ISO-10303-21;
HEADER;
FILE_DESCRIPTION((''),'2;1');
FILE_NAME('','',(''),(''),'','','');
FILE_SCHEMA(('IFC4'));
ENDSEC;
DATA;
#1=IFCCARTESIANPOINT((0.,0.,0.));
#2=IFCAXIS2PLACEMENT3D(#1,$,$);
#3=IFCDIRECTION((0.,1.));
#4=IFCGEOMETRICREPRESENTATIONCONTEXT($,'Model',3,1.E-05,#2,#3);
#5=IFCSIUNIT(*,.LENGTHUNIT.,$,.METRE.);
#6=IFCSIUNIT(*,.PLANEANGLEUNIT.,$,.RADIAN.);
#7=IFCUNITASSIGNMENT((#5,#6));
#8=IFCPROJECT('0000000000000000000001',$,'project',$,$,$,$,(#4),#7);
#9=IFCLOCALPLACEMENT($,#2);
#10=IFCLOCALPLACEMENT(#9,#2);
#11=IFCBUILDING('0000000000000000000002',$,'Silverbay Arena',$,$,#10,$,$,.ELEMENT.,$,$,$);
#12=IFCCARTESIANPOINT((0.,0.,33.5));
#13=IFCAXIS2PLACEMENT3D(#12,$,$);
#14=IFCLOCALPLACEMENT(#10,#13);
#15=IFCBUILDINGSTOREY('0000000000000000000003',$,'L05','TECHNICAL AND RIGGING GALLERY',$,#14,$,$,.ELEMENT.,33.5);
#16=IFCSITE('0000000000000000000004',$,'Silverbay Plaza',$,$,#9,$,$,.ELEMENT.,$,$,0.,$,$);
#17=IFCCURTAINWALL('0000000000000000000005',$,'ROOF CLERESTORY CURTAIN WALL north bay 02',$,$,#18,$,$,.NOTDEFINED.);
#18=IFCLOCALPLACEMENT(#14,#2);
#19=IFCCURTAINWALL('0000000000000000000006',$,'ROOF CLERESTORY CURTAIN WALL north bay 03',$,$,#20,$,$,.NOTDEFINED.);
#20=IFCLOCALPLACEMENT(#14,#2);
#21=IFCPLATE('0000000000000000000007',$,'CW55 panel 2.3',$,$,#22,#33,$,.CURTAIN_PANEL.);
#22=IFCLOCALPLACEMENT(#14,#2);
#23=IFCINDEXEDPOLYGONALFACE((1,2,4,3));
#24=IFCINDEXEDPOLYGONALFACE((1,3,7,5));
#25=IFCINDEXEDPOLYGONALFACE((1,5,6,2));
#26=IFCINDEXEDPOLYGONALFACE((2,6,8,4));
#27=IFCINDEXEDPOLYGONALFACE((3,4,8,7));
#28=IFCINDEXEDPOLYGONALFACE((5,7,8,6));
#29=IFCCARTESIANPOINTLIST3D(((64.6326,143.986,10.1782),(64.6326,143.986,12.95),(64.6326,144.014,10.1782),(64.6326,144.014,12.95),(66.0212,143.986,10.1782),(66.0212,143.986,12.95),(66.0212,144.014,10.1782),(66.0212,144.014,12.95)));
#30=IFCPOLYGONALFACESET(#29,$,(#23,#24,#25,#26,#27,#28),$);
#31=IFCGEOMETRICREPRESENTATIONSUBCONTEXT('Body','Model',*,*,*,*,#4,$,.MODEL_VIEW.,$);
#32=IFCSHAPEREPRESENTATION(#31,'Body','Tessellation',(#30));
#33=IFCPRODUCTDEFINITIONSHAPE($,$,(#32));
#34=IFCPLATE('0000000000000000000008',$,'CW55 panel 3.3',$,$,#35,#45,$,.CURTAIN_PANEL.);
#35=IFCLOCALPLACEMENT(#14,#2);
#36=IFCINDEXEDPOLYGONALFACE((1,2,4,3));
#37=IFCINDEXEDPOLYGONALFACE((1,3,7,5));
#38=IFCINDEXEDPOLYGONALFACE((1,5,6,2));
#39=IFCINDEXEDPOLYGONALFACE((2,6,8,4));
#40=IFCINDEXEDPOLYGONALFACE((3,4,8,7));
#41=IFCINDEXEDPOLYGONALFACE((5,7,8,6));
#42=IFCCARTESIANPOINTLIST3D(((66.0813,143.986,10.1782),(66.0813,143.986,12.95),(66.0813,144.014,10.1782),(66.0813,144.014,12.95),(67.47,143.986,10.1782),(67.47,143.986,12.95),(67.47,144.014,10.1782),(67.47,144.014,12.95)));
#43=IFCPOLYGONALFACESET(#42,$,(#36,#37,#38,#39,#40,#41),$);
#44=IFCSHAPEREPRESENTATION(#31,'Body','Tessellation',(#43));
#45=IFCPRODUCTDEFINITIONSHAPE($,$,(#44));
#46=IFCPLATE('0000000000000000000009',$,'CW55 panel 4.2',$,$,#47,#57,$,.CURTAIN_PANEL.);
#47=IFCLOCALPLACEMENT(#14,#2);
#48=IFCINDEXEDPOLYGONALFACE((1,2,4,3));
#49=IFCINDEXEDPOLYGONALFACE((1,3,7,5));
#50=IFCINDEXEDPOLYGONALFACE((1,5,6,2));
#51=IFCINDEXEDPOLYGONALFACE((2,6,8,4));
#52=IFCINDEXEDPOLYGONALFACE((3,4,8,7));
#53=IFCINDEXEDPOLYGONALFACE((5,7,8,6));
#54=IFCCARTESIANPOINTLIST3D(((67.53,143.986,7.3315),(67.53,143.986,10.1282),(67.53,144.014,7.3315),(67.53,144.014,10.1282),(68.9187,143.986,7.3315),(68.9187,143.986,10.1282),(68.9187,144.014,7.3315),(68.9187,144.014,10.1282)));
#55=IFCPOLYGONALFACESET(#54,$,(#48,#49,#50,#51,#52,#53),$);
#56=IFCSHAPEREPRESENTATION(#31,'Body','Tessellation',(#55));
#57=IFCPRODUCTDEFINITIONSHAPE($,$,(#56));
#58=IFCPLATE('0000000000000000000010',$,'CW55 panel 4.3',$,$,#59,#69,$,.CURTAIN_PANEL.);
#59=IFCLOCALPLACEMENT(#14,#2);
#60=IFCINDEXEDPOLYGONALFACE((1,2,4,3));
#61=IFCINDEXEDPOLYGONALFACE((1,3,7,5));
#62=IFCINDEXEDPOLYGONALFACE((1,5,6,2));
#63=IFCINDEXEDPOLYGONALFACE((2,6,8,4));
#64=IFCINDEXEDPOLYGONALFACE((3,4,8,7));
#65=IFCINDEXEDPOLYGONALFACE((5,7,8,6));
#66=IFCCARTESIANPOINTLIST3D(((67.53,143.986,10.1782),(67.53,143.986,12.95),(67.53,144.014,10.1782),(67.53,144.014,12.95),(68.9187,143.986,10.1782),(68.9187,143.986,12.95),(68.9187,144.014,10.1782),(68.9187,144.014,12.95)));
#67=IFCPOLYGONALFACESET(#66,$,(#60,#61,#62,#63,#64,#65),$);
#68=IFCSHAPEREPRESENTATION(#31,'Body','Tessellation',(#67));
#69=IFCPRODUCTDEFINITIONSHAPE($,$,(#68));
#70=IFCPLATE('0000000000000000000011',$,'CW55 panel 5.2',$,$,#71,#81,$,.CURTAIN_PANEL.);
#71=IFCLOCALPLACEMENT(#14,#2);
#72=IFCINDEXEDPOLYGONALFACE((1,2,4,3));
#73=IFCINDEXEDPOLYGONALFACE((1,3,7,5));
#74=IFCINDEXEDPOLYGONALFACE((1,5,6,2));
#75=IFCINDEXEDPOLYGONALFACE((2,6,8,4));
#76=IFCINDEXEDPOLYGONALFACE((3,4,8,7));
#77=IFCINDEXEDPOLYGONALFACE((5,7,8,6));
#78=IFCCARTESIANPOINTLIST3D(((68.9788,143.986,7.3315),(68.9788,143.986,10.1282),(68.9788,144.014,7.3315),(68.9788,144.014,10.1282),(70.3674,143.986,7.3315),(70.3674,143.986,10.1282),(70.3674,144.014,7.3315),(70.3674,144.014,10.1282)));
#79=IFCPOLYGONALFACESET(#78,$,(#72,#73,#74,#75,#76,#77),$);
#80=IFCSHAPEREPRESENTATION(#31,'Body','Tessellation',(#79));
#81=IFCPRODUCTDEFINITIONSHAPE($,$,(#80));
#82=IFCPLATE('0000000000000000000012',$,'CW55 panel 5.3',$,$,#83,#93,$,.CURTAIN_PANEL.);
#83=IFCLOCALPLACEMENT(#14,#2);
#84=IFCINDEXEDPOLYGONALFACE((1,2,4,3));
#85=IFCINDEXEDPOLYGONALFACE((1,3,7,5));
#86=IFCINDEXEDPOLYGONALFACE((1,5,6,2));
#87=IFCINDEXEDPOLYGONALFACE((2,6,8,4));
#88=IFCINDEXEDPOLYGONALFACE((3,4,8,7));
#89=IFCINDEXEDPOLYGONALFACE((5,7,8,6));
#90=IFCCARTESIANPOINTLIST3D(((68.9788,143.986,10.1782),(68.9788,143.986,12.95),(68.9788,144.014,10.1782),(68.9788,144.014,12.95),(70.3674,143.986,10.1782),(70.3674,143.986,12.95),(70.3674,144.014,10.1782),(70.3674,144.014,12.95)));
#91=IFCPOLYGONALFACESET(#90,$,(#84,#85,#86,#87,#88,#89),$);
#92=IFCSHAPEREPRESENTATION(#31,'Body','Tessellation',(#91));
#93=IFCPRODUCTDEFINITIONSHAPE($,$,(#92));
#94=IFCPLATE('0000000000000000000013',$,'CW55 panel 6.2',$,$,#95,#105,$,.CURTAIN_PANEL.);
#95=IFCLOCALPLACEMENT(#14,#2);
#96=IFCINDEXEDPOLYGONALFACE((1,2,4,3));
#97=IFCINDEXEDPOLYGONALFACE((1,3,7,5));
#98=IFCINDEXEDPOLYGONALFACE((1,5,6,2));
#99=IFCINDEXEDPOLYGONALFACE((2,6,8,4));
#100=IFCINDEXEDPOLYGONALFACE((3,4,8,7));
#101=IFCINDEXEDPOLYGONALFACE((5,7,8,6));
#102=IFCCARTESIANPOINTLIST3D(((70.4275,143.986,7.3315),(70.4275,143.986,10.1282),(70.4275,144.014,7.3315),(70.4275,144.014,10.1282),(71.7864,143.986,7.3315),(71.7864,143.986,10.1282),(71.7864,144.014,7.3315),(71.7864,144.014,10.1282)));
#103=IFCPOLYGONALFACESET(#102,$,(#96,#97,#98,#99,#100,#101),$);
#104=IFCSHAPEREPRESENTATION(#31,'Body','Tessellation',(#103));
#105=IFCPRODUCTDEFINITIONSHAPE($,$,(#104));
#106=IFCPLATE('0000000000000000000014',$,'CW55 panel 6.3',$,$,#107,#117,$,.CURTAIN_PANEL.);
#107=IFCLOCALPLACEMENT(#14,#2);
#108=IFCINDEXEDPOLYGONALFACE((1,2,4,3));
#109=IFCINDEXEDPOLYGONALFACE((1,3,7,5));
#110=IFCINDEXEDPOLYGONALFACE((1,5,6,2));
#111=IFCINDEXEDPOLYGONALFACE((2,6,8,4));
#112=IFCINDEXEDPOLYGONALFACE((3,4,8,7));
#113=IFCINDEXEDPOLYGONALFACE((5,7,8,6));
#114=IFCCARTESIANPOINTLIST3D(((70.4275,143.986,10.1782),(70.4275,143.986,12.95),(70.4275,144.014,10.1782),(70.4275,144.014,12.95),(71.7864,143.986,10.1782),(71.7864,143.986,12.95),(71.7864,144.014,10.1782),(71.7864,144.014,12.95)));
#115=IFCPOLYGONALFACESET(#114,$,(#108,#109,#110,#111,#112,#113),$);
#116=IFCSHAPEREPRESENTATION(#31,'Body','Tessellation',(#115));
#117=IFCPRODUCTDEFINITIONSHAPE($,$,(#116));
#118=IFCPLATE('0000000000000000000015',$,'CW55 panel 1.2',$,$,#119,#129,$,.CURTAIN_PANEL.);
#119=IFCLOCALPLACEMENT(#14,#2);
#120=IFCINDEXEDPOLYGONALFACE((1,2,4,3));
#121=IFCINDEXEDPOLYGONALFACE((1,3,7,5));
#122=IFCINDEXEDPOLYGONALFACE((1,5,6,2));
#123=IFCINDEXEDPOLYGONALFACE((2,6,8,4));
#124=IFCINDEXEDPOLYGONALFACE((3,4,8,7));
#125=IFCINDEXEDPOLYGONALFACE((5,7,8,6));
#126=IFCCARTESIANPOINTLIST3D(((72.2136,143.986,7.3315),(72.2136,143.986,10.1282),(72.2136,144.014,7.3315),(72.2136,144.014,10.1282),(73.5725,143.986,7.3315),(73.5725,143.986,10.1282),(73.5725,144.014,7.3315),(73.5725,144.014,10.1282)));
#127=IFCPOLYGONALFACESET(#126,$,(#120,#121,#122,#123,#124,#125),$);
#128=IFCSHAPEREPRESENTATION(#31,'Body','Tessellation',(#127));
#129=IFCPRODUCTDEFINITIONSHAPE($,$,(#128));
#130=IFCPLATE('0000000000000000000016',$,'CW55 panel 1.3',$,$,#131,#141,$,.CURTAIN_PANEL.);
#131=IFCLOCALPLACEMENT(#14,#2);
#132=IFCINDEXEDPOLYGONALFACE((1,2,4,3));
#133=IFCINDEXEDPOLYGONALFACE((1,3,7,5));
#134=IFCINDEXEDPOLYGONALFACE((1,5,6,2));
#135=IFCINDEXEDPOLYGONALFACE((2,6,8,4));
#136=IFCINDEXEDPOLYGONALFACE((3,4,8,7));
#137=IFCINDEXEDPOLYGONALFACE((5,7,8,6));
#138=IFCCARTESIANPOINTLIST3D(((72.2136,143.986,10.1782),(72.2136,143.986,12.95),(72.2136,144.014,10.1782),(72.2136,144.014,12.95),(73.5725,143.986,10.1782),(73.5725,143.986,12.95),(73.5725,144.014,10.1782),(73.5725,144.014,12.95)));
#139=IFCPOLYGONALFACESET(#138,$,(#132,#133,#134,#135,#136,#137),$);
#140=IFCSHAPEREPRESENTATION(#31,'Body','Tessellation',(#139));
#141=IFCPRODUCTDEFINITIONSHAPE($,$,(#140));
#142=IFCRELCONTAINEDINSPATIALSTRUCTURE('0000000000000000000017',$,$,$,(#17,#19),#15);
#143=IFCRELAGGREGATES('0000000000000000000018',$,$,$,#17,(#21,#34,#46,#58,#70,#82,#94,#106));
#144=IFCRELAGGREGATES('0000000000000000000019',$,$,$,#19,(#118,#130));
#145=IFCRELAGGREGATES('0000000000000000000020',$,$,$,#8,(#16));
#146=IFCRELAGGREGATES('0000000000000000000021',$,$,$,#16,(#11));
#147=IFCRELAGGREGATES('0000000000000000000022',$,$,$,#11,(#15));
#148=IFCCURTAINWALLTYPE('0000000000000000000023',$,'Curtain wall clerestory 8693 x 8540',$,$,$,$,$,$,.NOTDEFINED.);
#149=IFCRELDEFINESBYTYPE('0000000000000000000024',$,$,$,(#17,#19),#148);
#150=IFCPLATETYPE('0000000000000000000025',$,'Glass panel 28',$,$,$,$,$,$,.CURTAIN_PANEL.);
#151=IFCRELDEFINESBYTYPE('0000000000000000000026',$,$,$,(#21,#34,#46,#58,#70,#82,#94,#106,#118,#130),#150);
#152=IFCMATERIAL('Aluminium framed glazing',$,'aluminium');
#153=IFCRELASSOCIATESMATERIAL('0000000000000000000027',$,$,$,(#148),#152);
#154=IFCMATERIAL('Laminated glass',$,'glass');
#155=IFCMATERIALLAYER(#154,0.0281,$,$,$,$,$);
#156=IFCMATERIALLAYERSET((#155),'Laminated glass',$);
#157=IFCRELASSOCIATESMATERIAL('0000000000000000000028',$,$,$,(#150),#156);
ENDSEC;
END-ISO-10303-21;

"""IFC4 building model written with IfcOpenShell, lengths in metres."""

from ifc_helpers import new_model, si_unit, direction, frame, origin, origin_2d, place, context, subcontext, project, spatial, rectangle, extrude, material, layer, layer_set, type_object, element, aggregate, save


model = new_model("IFC4")

# Units and contexts
model_context = context("Model", 3, precision=1e-05, world=origin(), true_north=direction((0.0, 1.0)))
body_context = subcontext(model_context, "Body", "Model", "MODEL_VIEW")
ifc_project = project(units=[si_unit("LENGTHUNIT", "METRE"), si_unit("PLANEANGLEUNIT", "RADIAN")], contexts=[model_context])

# Site, building, storey
site_placement = place(None, origin())
site = spatial("IfcSite", under=ifc_project, at=site_placement, Name="Silverbay Plaza", CompositionType="ELEMENT", RefElevation=0.0)
building_placement = place(site_placement, origin())
building = spatial("IfcBuilding", under=site, at=building_placement, Name="Silverbay Arena", CompositionType="ELEMENT")
storey_placement = place(building_placement, frame((0.0, 0.0, 33.5)))
storey = spatial("IfcBuildingStorey", under=building, at=storey_placement, Name="L05", Description="TECHNICAL AND RIGGING GALLERY", CompositionType="ELEMENT", Elevation=33.5)

# Curtain walls
ifc_material_1 = material(Name="Aluminium framed glazing", Category="aluminium")
curtain_wall_type = type_object("IfcCurtainWallType", Name="Curtain wall clerestory 8693 x 8540", PredefinedType="NOTDEFINED", material=ifc_material_1)
curtain_wall_1_placement = place(storey_placement, origin())
curtain_wall_1 = element("IfcCurtainWall", 1, at=curtain_wall_1_placement, inside=storey, type_object=curtain_wall_type, Name="ROOF CLERESTORY CURTAIN WALL north bay 02", PredefinedType="NOTDEFINED")
curtain_wall_2_placement = place(storey_placement, origin())
curtain_wall_2 = element("IfcCurtainWall", 2, at=curtain_wall_2_placement, inside=storey, type_object=curtain_wall_type, Name="ROOF CLERESTORY CURTAIN WALL north bay 03", PredefinedType="NOTDEFINED")

# Plates
ifc_material_2 = material(Name="Laminated glass", Category="glass")
ifc_layer = layer(ifc_material_2, 0.0281)
ifc_layer_set = layer_set([ifc_layer], Name="Laminated glass")
plate_type = type_object("IfcPlateType", Name="Glass panel 28", PredefinedType="CURTAIN_PANEL", material=ifc_layer_set)
plate_1_placement = place(storey_placement, frame((65.3269, 144.0, 10.1782), z_axis=(0.0, 0.0, 1.0), x_axis=(1.0, 0.0, 0.0)))
plate_1 = element("IfcPlate", 3, at=plate_1_placement, type_object=plate_type, Name="CW55 panel 2.3", PredefinedType="CURTAIN_PANEL", context=body_context, shape_type="SweptSolid", body=[
    extrude(rectangle(XDim=1.3887, YDim=0.0281, at=origin_2d()), origin(), (0.0, 0.0, 1.0), 2.7717),
])
plate_2_placement = place(storey_placement, frame((66.7756, 144.0, 10.1782), z_axis=(0.0, 0.0, 1.0), x_axis=(1.0, 0.0, 0.0)))
plate_2 = element("IfcPlate", 4, at=plate_2_placement, type_object=plate_type, Name="CW55 panel 3.3", PredefinedType="CURTAIN_PANEL", context=body_context, shape_type="SweptSolid", body=[
    extrude(rectangle(XDim=1.3887, YDim=0.0281, at=origin_2d()), origin(), (0.0, 0.0, 1.0), 2.7717),
])
plate_3_placement = place(storey_placement, frame((68.2244, 144.0, 7.3315), z_axis=(0.0, 0.0, 1.0), x_axis=(1.0, 0.0, 0.0)))
plate_3 = element("IfcPlate", 5, at=plate_3_placement, type_object=plate_type, Name="CW55 panel 4.2", PredefinedType="CURTAIN_PANEL", context=body_context, shape_type="SweptSolid", body=[
    extrude(rectangle(XDim=1.3887, YDim=0.0281, at=origin_2d()), origin(), (0.0, 0.0, 1.0), 2.7966),
])
plate_4_placement = place(storey_placement, frame((68.2244, 144.0, 10.1782), z_axis=(0.0, 0.0, 1.0), x_axis=(1.0, 0.0, 0.0)))
plate_4 = element("IfcPlate", 6, at=plate_4_placement, type_object=plate_type, Name="CW55 panel 4.3", PredefinedType="CURTAIN_PANEL", context=body_context, shape_type="SweptSolid", body=[
    extrude(rectangle(XDim=1.3887, YDim=0.0281, at=origin_2d()), origin(), (0.0, 0.0, 1.0), 2.7717),
])
plate_5_placement = place(storey_placement, frame((69.6731, 144.0, 7.3315), z_axis=(0.0, 0.0, 1.0), x_axis=(1.0, 0.0, 0.0)))
plate_5 = element("IfcPlate", 7, at=plate_5_placement, type_object=plate_type, Name="CW55 panel 5.2", PredefinedType="CURTAIN_PANEL", context=body_context, shape_type="SweptSolid", body=[
    extrude(rectangle(XDim=1.3887, YDim=0.0281, at=origin_2d()), origin(), (0.0, 0.0, 1.0), 2.7966),
])
plate_6_placement = place(storey_placement, frame((69.6731, 144.0, 10.1782), z_axis=(0.0, 0.0, 1.0), x_axis=(1.0, 0.0, 0.0)))
plate_6 = element("IfcPlate", 8, at=plate_6_placement, type_object=plate_type, Name="CW55 panel 5.3", PredefinedType="CURTAIN_PANEL", context=body_context, shape_type="SweptSolid", body=[
    extrude(rectangle(XDim=1.3887, YDim=0.0281, at=origin_2d()), origin(), (0.0, 0.0, 1.0), 2.7717),
])
plate_7_placement = place(storey_placement, frame((71.1069, 144.0, 7.3315), z_axis=(0.0, 0.0, 1.0), x_axis=(1.0, 0.0, 0.0)))
plate_7 = element("IfcPlate", 9, at=plate_7_placement, type_object=plate_type, Name="CW55 panel 6.2", PredefinedType="CURTAIN_PANEL", context=body_context, shape_type="SweptSolid", body=[
    extrude(rectangle(XDim=1.3589, YDim=0.0281, at=origin_2d()), origin(), (0.0, 0.0, 1.0), 2.7966),
])
plate_8_placement = place(storey_placement, frame((71.1069, 144.0, 10.1782), z_axis=(0.0, 0.0, 1.0), x_axis=(1.0, 0.0, 0.0)))
plate_8 = element("IfcPlate", 10, at=plate_8_placement, type_object=plate_type, Name="CW55 panel 6.3", PredefinedType="CURTAIN_PANEL", context=body_context, shape_type="SweptSolid", body=[
    extrude(rectangle(XDim=1.3589, YDim=0.0281, at=origin_2d()), origin(), (0.0, 0.0, 1.0), 2.7717),
])
aggregate(curtain_wall_1, [plate_1, plate_2, plate_3, plate_4, plate_5, plate_6, plate_7, plate_8])
plate_9_placement = place(storey_placement, frame((72.8931, 144.0, 7.3315), z_axis=(0.0, 0.0, 1.0), x_axis=(1.0, 0.0, 0.0)))
plate_9 = element("IfcPlate", 11, at=plate_9_placement, type_object=plate_type, Name="CW55 panel 1.2", PredefinedType="CURTAIN_PANEL", context=body_context, shape_type="SweptSolid", body=[
    extrude(rectangle(XDim=1.3589, YDim=0.0281, at=origin_2d()), origin(), (0.0, 0.0, 1.0), 2.7966),
])
plate_10_placement = place(storey_placement, frame((72.8931, 144.0, 10.1782), z_axis=(0.0, 0.0, 1.0), x_axis=(1.0, 0.0, 0.0)))
plate_10 = element("IfcPlate", 12, at=plate_10_placement, type_object=plate_type, Name="CW55 panel 1.3", PredefinedType="CURTAIN_PANEL", context=body_context, shape_type="SweptSolid", body=[
    extrude(rectangle(XDim=1.3589, YDim=0.0281, at=origin_2d()), origin(), (0.0, 0.0, 1.0), 2.7717),
])
aggregate(curtain_wall_2, [plate_9, plate_10])

save(model, "model.ifc")
